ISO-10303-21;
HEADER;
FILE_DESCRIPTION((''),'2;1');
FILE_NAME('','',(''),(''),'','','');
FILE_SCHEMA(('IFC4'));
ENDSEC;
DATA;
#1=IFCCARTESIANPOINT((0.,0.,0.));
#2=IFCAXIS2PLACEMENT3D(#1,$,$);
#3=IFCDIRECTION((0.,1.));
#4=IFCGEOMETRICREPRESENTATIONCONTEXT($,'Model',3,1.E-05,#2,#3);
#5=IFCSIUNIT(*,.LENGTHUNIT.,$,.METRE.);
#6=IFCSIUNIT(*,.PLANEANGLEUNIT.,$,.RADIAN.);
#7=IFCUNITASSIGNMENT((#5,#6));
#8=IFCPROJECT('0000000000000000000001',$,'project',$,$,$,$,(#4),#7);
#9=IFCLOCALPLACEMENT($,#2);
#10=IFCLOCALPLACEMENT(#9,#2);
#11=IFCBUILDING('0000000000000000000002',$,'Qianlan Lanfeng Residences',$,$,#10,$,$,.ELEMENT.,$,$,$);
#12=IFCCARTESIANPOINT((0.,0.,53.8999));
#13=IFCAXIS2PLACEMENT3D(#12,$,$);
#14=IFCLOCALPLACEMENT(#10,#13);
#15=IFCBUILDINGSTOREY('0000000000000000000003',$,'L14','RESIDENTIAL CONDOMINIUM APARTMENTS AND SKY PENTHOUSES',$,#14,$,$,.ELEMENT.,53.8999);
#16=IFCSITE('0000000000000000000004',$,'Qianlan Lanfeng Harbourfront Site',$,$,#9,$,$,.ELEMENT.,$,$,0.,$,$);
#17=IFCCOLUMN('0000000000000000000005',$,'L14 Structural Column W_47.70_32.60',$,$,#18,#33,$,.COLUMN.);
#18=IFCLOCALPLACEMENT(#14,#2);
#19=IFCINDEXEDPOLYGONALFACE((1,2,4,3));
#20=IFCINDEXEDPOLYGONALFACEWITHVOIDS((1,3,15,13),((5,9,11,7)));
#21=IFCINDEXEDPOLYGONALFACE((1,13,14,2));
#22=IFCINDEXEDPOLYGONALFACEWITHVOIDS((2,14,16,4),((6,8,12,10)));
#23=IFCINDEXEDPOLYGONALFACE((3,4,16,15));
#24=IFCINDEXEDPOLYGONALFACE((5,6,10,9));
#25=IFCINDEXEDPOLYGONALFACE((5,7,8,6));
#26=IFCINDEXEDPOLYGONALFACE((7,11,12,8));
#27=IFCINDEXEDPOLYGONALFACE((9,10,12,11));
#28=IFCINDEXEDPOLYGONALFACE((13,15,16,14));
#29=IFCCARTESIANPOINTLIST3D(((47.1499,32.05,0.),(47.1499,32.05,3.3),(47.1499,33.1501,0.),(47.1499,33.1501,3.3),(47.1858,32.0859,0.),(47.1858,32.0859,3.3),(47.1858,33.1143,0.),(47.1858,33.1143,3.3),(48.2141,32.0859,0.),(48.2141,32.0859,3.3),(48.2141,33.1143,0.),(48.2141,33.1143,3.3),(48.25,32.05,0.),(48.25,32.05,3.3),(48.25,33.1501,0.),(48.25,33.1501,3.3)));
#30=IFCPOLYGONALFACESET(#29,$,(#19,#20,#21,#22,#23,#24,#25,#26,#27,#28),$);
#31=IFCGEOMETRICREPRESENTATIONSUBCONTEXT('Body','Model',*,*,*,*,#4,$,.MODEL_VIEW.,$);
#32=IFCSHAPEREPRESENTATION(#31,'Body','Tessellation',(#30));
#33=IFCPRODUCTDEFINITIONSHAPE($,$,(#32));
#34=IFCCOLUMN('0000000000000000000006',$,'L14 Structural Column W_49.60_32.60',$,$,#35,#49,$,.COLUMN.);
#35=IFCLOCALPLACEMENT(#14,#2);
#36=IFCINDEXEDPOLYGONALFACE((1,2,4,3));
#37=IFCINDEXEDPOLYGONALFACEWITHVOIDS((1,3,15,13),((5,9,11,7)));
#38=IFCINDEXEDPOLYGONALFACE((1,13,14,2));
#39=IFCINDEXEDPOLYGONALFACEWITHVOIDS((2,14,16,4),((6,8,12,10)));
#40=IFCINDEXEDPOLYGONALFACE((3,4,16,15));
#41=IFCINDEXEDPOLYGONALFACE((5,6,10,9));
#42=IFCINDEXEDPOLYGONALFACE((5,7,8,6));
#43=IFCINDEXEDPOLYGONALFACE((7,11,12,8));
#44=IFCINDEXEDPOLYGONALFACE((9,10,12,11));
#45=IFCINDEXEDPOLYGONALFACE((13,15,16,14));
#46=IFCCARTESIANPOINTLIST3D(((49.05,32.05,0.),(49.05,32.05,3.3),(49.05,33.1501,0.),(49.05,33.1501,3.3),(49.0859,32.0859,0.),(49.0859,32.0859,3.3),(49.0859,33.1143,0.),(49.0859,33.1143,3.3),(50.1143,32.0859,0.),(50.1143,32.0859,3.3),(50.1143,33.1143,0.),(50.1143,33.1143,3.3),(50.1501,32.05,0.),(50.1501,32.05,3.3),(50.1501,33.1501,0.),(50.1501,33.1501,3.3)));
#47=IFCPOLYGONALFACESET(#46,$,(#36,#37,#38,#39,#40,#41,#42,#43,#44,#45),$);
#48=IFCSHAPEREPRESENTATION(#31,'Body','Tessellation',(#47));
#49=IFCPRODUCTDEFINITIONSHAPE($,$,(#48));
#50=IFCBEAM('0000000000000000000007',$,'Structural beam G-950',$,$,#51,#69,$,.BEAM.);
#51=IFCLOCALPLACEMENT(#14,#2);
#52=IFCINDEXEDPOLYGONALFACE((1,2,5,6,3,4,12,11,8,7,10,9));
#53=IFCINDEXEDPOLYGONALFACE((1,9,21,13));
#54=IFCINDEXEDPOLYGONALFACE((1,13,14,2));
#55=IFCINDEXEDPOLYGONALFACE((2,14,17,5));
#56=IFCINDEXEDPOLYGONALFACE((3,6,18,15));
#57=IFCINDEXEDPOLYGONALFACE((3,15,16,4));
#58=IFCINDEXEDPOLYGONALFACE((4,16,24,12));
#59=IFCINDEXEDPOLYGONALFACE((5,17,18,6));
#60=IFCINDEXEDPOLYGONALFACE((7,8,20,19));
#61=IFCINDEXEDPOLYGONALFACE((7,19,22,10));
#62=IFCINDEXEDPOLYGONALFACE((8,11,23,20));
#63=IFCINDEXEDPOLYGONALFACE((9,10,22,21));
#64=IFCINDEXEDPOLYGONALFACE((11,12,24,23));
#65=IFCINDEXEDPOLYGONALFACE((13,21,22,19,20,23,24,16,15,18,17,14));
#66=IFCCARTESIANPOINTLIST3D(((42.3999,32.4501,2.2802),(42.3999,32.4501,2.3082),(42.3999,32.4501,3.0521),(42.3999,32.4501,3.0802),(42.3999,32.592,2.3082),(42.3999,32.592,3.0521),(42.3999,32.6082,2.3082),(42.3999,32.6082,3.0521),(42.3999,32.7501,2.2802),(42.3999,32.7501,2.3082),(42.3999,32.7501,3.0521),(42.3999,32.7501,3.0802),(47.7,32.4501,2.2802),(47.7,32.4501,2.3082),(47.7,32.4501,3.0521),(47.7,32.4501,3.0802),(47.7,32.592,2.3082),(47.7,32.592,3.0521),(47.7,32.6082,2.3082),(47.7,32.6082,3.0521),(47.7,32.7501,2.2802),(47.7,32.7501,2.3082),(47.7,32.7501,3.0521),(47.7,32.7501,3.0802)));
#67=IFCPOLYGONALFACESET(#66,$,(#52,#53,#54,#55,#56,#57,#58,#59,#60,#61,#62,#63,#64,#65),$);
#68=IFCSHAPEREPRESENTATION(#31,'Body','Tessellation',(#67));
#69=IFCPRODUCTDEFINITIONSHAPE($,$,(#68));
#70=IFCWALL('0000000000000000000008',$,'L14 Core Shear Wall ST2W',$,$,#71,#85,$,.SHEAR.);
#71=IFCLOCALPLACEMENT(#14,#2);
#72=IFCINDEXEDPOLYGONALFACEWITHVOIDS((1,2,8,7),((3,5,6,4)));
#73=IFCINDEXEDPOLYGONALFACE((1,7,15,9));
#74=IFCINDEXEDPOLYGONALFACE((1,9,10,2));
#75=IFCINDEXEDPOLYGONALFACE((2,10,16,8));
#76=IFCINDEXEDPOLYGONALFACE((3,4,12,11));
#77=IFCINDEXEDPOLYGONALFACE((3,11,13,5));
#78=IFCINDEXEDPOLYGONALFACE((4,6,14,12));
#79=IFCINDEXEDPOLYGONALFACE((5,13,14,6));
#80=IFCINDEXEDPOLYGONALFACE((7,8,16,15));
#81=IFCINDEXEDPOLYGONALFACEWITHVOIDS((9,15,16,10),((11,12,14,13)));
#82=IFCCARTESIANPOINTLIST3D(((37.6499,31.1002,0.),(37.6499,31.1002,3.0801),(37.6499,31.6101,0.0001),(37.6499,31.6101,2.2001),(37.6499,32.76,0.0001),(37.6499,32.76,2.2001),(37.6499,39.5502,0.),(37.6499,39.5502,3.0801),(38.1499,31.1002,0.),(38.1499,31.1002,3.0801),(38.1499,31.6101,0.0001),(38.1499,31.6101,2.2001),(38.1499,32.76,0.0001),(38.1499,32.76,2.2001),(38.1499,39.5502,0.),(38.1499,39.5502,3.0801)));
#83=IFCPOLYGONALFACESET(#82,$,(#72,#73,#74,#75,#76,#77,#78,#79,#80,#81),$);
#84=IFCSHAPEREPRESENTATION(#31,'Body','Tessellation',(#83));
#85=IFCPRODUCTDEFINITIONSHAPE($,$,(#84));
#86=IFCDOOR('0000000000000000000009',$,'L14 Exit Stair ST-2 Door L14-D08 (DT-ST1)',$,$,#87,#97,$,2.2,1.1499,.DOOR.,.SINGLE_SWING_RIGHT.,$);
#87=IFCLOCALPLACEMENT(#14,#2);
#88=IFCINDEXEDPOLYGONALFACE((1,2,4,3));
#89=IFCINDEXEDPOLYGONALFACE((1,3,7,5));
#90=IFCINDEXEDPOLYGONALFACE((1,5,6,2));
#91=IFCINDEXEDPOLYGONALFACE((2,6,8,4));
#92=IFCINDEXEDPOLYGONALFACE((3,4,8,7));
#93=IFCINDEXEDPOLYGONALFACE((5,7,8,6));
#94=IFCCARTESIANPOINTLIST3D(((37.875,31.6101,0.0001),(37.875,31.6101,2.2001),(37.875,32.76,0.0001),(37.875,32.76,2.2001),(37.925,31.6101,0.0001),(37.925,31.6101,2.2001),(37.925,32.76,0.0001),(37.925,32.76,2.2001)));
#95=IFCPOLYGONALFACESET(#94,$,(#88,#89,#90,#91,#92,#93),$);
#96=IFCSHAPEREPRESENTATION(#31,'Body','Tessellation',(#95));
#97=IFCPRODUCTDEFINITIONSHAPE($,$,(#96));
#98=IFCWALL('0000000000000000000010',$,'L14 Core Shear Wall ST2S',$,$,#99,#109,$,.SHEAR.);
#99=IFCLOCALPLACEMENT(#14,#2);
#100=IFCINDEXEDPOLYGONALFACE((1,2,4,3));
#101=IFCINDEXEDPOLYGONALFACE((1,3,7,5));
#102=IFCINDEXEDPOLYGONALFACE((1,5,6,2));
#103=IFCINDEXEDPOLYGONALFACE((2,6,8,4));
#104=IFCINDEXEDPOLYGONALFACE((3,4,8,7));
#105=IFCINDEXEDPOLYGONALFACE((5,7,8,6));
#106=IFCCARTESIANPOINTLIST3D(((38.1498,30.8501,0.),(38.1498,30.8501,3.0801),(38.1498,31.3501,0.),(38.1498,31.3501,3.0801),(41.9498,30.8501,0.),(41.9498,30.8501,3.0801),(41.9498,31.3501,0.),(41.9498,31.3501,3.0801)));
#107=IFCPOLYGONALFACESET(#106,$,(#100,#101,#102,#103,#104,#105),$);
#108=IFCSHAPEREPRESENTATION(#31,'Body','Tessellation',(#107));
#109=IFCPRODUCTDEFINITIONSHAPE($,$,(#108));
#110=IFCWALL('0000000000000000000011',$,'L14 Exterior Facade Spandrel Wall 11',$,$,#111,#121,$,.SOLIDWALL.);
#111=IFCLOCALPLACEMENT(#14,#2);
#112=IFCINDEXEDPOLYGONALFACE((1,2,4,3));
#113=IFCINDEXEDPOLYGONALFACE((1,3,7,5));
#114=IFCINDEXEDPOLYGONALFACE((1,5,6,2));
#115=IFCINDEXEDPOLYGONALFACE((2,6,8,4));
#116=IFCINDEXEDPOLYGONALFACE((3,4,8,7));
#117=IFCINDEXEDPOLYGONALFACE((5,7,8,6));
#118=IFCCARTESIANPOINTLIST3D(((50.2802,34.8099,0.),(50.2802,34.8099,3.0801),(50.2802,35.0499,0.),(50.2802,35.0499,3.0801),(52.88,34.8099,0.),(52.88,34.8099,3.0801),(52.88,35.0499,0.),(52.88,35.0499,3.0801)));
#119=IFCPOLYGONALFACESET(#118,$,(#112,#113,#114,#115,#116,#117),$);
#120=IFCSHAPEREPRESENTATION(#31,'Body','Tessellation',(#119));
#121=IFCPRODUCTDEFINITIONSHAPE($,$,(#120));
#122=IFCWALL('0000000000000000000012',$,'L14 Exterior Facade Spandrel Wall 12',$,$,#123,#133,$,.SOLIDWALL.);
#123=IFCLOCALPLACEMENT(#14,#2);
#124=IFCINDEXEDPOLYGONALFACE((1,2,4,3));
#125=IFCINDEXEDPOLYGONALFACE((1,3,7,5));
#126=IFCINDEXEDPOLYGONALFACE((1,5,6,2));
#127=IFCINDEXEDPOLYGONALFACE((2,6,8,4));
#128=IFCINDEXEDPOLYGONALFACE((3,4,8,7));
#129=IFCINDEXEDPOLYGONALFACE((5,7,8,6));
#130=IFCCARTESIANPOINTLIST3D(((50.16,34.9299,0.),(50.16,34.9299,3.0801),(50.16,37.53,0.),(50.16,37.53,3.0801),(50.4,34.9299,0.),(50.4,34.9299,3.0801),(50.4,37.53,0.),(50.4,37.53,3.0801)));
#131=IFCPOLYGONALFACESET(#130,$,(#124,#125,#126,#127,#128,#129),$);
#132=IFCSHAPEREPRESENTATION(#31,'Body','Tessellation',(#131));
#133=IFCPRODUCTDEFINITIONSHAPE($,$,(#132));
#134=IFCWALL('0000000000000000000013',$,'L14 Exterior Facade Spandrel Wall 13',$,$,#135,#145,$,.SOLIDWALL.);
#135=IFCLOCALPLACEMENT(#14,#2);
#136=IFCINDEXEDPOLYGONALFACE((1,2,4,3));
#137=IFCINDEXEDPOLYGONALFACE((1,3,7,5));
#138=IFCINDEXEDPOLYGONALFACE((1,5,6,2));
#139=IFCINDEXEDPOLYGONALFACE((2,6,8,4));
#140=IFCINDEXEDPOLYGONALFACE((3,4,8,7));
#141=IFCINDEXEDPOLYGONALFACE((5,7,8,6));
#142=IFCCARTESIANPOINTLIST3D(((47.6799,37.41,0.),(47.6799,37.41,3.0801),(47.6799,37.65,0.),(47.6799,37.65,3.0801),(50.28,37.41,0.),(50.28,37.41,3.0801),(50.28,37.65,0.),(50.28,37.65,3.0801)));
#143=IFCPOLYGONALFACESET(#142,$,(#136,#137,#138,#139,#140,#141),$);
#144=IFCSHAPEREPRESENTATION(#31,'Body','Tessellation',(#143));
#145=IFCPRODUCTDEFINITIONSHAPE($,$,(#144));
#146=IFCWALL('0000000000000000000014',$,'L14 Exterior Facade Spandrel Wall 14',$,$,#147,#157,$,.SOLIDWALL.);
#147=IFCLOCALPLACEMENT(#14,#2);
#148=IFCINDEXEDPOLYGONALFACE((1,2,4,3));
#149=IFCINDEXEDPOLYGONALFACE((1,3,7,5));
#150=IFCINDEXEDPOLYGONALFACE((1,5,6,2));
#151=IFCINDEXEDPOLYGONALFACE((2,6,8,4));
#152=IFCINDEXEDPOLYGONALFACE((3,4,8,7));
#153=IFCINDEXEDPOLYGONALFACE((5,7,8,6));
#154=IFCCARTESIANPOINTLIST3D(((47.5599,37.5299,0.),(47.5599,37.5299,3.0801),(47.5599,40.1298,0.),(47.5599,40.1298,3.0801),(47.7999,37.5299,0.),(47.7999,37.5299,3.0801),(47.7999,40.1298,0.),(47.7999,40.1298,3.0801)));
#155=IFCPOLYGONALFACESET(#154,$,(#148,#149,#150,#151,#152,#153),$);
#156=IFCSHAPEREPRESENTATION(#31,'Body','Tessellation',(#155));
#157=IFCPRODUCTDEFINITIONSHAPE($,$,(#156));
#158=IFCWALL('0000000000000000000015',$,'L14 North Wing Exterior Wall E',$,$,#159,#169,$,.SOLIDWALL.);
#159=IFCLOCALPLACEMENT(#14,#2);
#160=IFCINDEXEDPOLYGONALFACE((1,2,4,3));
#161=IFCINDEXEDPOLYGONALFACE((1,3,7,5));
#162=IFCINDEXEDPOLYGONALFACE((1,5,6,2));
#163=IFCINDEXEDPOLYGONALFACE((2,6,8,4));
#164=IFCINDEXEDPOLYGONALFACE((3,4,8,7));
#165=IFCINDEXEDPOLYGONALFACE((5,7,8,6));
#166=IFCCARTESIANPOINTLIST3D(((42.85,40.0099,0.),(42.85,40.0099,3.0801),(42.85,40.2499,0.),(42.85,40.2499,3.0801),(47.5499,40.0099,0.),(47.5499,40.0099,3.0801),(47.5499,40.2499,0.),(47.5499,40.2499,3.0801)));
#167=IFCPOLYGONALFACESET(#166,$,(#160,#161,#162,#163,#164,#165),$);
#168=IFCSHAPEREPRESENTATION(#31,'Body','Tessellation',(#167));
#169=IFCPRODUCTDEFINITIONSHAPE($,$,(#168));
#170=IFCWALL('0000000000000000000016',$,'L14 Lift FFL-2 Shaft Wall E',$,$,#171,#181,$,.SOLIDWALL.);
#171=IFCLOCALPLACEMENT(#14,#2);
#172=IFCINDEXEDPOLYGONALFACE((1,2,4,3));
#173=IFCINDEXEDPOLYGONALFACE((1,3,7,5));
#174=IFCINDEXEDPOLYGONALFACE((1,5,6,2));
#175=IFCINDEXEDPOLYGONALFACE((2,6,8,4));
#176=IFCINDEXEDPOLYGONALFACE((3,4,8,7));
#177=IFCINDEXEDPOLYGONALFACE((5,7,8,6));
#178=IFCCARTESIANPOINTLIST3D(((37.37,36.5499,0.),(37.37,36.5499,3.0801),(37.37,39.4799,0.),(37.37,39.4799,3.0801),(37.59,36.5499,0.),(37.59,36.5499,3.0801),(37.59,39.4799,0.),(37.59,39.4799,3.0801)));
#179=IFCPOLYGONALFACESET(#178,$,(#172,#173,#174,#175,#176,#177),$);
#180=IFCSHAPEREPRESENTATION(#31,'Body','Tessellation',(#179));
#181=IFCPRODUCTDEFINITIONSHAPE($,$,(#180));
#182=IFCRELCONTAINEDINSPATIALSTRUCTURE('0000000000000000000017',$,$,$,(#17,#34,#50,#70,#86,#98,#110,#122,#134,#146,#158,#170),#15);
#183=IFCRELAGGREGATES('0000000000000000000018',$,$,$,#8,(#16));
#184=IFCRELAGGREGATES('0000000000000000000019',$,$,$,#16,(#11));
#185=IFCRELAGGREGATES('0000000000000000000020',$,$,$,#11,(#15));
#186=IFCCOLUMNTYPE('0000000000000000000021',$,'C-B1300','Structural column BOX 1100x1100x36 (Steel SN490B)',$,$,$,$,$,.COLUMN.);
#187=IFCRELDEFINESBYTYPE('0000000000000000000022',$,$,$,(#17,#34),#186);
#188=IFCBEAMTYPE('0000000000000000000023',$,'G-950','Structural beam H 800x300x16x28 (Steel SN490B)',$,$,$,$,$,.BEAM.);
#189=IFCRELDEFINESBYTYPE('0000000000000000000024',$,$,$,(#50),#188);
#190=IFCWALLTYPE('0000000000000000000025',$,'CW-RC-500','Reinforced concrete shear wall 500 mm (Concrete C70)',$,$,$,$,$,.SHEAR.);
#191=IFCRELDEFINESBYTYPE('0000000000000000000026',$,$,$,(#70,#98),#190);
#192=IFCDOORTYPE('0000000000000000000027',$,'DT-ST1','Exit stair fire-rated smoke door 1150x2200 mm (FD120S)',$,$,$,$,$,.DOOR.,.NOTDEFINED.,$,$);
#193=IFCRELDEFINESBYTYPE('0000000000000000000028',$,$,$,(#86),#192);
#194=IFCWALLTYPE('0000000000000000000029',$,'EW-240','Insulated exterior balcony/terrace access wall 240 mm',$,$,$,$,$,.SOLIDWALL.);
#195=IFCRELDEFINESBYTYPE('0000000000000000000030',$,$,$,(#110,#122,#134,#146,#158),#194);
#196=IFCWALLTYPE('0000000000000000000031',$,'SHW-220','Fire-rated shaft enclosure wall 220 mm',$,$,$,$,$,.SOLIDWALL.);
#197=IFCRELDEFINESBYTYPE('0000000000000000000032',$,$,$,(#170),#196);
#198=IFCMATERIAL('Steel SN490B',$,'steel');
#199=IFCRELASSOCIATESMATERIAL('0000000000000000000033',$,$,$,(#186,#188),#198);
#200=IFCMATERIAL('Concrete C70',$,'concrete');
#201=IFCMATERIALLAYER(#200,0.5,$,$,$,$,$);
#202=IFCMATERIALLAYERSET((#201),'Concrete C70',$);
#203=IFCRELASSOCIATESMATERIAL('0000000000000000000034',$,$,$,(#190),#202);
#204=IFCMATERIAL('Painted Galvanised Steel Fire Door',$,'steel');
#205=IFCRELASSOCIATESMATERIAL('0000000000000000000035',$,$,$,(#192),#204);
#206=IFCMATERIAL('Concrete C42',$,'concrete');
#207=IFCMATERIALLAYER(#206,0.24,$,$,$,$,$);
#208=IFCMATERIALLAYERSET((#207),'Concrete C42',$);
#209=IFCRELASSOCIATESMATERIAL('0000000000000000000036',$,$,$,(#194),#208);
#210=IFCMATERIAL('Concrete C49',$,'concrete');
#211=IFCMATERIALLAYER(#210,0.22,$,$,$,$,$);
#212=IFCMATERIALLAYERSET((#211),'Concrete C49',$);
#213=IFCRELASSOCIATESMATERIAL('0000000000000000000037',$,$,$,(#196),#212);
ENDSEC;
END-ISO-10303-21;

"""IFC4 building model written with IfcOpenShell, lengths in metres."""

from ifc_helpers import new_model, si_unit, direction, frame, frame_2d, origin, origin_2d, place, context, subcontext, project, spatial, rectangle, hollow_rectangle, i_section, extrude, material, layer, layer_set, material_profile, profile_set, type_object, element, fill, save


model = new_model("IFC4")

# Units and contexts
model_context = context("Model", 3, precision=1e-05, world=origin(), true_north=direction((0.0, 1.0)))
body_context = subcontext(model_context, "Body", "Model", "MODEL_VIEW")
ifc_project = project(units=[si_unit("LENGTHUNIT", "METRE"), si_unit("PLANEANGLEUNIT", "RADIAN")], contexts=[model_context])

# Site, building, storey
site_placement = place(None, origin())
site = spatial("IfcSite", under=ifc_project, at=site_placement, Name="Qianlan Lanfeng Harbourfront Site", CompositionType="ELEMENT", RefElevation=0.0)
building_placement = place(site_placement, origin())
building = spatial("IfcBuilding", under=site, at=building_placement, Name="Qianlan Lanfeng Residences", CompositionType="ELEMENT")
storey_placement = place(building_placement, frame((0.0, 0.0, 53.8999)))
storey = spatial("IfcBuildingStorey", under=building, at=storey_placement, Name="L14", Description="RESIDENTIAL CONDOMINIUM APARTMENTS AND SKY PENTHOUSES", CompositionType="ELEMENT", Elevation=53.8999)

# Columns
ifc_material_1 = material(Name="Steel SN490B", Category="steel")
ifc_material_profile_1 = material_profile(ifc_material_1, hollow_rectangle(XDim=1.1001, YDim=1.1001, WallThickness=0.0359, at=origin_2d()), Name="BOX 1100x1100x36")
ifc_profile_set_1 = profile_set([ifc_material_profile_1], Name="Steel SN490B")
column_type = type_object("IfcColumnType", Name="C-B1300", Description="Structural column BOX 1100x1100x36 (Steel SN490B)", PredefinedType="COLUMN", material=ifc_profile_set_1)
for number, where, z_axis, x_axis, name in (
    (1, (47.7, 32.6001, 0.0), (0.0, 0.0, 1.0), (1.0, 0.0, 0.0), "L14 Structural Column W_47.70_32.60"),
    (2, (49.6001, 32.6001, 0.0), (0.0, 0.0, 1.0), (1.0, 0.0, 0.0), "L14 Structural Column W_49.60_32.60"),
):
    element("IfcColumn", number, at=place(storey_placement, frame(where, z_axis=z_axis, x_axis=x_axis)), inside=storey, type_object=column_type, Name=name, PredefinedType="COLUMN", context=body_context, shape_type="SweptSolid", body=[
        extrude(hollow_rectangle(XDim=1.1001, YDim=1.1001, WallThickness=0.0359, at=origin_2d()), origin(), (0.0, 0.0, 1.0), 3.3),
    ])

# Beam
ifc_material_profile_2 = material_profile(ifc_material_1, i_section(OverallWidth=0.3, OverallDepth=0.8, WebThickness=0.0161, FlangeThickness=0.0281, at=origin_2d()), Name="H 800x300x16x28")
ifc_profile_set_2 = profile_set([ifc_material_profile_2], Name="Steel SN490B")
beam_type = type_object("IfcBeamType", Name="G-950", Description="Structural beam H 800x300x16x28 (Steel SN490B)", PredefinedType="BEAM", material=ifc_profile_set_2)
beam_placement = place(storey_placement, frame((42.3999, 32.6001, 2.6802), z_axis=(1.0, 0.0, 0.0), x_axis=(0.0, 1.0, 0.0)))
element("IfcBeam", 3, at=beam_placement, inside=storey, type_object=beam_type, Name="Structural beam G-950", PredefinedType="BEAM", context=body_context, shape_type="SweptSolid", body=[
    extrude(i_section(OverallWidth=0.3, OverallDepth=0.8, WebThickness=0.0161, FlangeThickness=0.0281, at=origin_2d()), origin(), (0.0, 0.0, 1.0), 5.3),
])

# Wall, opening, door
ifc_material_2 = material(Name="Concrete C70", Category="concrete")
ifc_layer_1 = layer(ifc_material_2, 0.5)
ifc_layer_set_1 = layer_set([ifc_layer_1], Name="Concrete C70")
wall_type_1 = type_object("IfcWallType", Name="CW-RC-500", Description="Reinforced concrete shear wall 500 mm (Concrete C70)", PredefinedType="SHEAR", material=ifc_layer_set_1)
wall_1_placement = place(storey_placement, frame((37.8999, 31.1001, 0.0), z_axis=(0.0, 0.0, 1.0), x_axis=(0.0, 1.0, 0.0)))
wall_1 = element("IfcWall", 4, at=wall_1_placement, inside=storey, type_object=wall_type_1, Name="L14 Core Shear Wall ST2W", PredefinedType="SHEAR", context=body_context, shape_type="SweptSolid", body=[
    extrude(rectangle(XDim=8.45, YDim=0.5, at=frame_2d((4.2251, 0.0))), origin(), (0.0, 0.0, 1.0), 3.0801),
])
opening_placement = place(wall_1_placement, frame((0.51, 0.0, 0.0)))
opening = element("IfcOpeningElement", 5, at=opening_placement, cuts=wall_1, PredefinedType="OPENING", context=body_context, shape_type="SweptSolid", body=[
    extrude(rectangle(XDim=1.1499, YDim=2.2, at=frame_2d((0.575, 1.1001))), frame((0.0, 0.26, 0.0), z_axis=(0.0, -1.0, 0.0), x_axis=(1.0, 0.0, 0.0)), (0.0, 0.0, 1.0), 0.52),
])
ifc_material_3 = material(Name="Painted Galvanised Steel Fire Door", Category="steel")
door_type = type_object("IfcDoorType", Name="DT-ST1", Description="Exit stair fire-rated smoke door 1150x2200 mm (FD120S)", OperationType="NOTDEFINED", PredefinedType="DOOR", material=ifc_material_3)
door_placement = place(opening_placement, origin())
door = element("IfcDoor", 6, at=door_placement, inside=storey, type_object=door_type, Name="L14 Exit Stair ST-2 Door L14-D08 (DT-ST1)", OperationType="SINGLE_SWING_RIGHT", OverallHeight=2.2, OverallWidth=1.1499, PredefinedType="DOOR", context=body_context, shape_type="SweptSolid", body=[
    extrude(rectangle(XDim=1.1499, YDim=2.2, at=frame_2d((0.575, 1.1001))), frame((0.0, 0.0249, 0.0), z_axis=(0.0, -1.0, 0.0), x_axis=(1.0, 0.0, 0.0)), (0.0, 0.0, 1.0), 0.05),
])
fill(opening, door)

# Walls
wall_2_placement = place(storey_placement, frame((38.1499, 31.1001, 0.0), z_axis=(0.0, 0.0, 1.0), x_axis=(1.0, 0.0, 0.0)))
element("IfcWall", 7, at=wall_2_placement, inside=storey, type_object=wall_type_1, Name="L14 Core Shear Wall ST2S", PredefinedType="SHEAR", context=body_context, shape_type="SweptSolid", body=[
    extrude(rectangle(XDim=3.8, YDim=0.5, at=frame_2d((1.8999, 0.0))), origin(), (0.0, 0.0, 1.0), 3.0801),
])
ifc_material_4 = material(Name="Concrete C42", Category="concrete")
ifc_layer_2 = layer(ifc_material_4, 0.24)
ifc_layer_set_2 = layer_set([ifc_layer_2], Name="Concrete C42")
wall_type_2 = type_object("IfcWallType", Name="EW-240", Description="Insulated exterior balcony/terrace access wall 240 mm", PredefinedType="SOLIDWALL", material=ifc_layer_set_2)
wall_3_placement = place(storey_placement, frame((52.8799, 34.9299, 0.0), z_axis=(0.0, 0.0, 1.0), x_axis=(-1.0, 0.0, 0.0)))
element("IfcWall", 8, at=wall_3_placement, inside=storey, type_object=wall_type_2, Name="L14 Exterior Facade Spandrel Wall 11", PredefinedType="SOLIDWALL", context=body_context, shape_type="SweptSolid", body=[
    extrude(rectangle(XDim=2.5999, YDim=0.24, at=frame_2d((1.2998, 0.0))), origin(), (0.0, 0.0, 1.0), 3.0801),
])
for number, where, z_axis, x_axis, name in (
    (9, (50.28, 34.9299, 0.0), (0.0, 0.0, 1.0), (0.0, 1.0, 0.0), "L14 Exterior Facade Spandrel Wall 12"),
    (10, (50.28, 37.53, 0.0), (0.0, 0.0, 1.0), (-1.0, 0.0, 0.0), "L14 Exterior Facade Spandrel Wall 13"),
):
    element("IfcWall", number, at=place(storey_placement, frame(where, z_axis=z_axis, x_axis=x_axis)), inside=storey, type_object=wall_type_2, Name=name, PredefinedType="SOLIDWALL", context=body_context, shape_type="SweptSolid", body=[
        extrude(rectangle(XDim=2.6001, YDim=0.24, at=frame_2d((1.3, 0.0))), origin(), (0.0, 0.0, 1.0), 3.0801),
    ])
wall_4_placement = place(storey_placement, frame((47.6799, 37.53, 0.0), z_axis=(0.0, 0.0, 1.0), x_axis=(0.0, 1.0, 0.0)))
element("IfcWall", 11, at=wall_4_placement, inside=storey, type_object=wall_type_2, Name="L14 Exterior Facade Spandrel Wall 14", PredefinedType="SOLIDWALL", context=body_context, shape_type="SweptSolid", body=[
    extrude(rectangle(XDim=2.5999, YDim=0.24, at=frame_2d((1.2998, 0.0))), origin(), (0.0, 0.0, 1.0), 3.0801),
])
wall_5_placement = place(storey_placement, frame((47.55, 40.1299, 0.0), z_axis=(0.0, 0.0, 1.0), x_axis=(-1.0, 0.0, 0.0)))
element("IfcWall", 12, at=wall_5_placement, inside=storey, type_object=wall_type_2, Name="L14 North Wing Exterior Wall E", PredefinedType="SOLIDWALL", context=body_context, shape_type="SweptSolid", body=[
    extrude(rectangle(XDim=4.7, YDim=0.24, at=frame_2d((2.3501, 0.0))), origin(), (0.0, 0.0, 1.0), 3.0801),
])
ifc_material_5 = material(Name="Concrete C49", Category="concrete")
ifc_layer_3 = layer(ifc_material_5, 0.22)
ifc_layer_set_3 = layer_set([ifc_layer_3], Name="Concrete C49")
wall_type_3 = type_object("IfcWallType", Name="SHW-220", Description="Fire-rated shaft enclosure wall 220 mm", PredefinedType="SOLIDWALL", material=ifc_layer_set_3)
wall_6_placement = place(storey_placement, frame((37.48, 36.55, 0.0), z_axis=(0.0, 0.0, 1.0), x_axis=(0.0, 1.0, 0.0)))
element("IfcWall", 13, at=wall_6_placement, inside=storey, type_object=wall_type_3, Name="L14 Lift FFL-2 Shaft Wall E", PredefinedType="SOLIDWALL", context=body_context, shape_type="SweptSolid", body=[
    extrude(rectangle(XDim=2.9299, YDim=0.22, at=frame_2d((1.4648, 0.0))), origin(), (0.0, 0.0, 1.0), 3.0801),
])

save(model, "model.ifc")
